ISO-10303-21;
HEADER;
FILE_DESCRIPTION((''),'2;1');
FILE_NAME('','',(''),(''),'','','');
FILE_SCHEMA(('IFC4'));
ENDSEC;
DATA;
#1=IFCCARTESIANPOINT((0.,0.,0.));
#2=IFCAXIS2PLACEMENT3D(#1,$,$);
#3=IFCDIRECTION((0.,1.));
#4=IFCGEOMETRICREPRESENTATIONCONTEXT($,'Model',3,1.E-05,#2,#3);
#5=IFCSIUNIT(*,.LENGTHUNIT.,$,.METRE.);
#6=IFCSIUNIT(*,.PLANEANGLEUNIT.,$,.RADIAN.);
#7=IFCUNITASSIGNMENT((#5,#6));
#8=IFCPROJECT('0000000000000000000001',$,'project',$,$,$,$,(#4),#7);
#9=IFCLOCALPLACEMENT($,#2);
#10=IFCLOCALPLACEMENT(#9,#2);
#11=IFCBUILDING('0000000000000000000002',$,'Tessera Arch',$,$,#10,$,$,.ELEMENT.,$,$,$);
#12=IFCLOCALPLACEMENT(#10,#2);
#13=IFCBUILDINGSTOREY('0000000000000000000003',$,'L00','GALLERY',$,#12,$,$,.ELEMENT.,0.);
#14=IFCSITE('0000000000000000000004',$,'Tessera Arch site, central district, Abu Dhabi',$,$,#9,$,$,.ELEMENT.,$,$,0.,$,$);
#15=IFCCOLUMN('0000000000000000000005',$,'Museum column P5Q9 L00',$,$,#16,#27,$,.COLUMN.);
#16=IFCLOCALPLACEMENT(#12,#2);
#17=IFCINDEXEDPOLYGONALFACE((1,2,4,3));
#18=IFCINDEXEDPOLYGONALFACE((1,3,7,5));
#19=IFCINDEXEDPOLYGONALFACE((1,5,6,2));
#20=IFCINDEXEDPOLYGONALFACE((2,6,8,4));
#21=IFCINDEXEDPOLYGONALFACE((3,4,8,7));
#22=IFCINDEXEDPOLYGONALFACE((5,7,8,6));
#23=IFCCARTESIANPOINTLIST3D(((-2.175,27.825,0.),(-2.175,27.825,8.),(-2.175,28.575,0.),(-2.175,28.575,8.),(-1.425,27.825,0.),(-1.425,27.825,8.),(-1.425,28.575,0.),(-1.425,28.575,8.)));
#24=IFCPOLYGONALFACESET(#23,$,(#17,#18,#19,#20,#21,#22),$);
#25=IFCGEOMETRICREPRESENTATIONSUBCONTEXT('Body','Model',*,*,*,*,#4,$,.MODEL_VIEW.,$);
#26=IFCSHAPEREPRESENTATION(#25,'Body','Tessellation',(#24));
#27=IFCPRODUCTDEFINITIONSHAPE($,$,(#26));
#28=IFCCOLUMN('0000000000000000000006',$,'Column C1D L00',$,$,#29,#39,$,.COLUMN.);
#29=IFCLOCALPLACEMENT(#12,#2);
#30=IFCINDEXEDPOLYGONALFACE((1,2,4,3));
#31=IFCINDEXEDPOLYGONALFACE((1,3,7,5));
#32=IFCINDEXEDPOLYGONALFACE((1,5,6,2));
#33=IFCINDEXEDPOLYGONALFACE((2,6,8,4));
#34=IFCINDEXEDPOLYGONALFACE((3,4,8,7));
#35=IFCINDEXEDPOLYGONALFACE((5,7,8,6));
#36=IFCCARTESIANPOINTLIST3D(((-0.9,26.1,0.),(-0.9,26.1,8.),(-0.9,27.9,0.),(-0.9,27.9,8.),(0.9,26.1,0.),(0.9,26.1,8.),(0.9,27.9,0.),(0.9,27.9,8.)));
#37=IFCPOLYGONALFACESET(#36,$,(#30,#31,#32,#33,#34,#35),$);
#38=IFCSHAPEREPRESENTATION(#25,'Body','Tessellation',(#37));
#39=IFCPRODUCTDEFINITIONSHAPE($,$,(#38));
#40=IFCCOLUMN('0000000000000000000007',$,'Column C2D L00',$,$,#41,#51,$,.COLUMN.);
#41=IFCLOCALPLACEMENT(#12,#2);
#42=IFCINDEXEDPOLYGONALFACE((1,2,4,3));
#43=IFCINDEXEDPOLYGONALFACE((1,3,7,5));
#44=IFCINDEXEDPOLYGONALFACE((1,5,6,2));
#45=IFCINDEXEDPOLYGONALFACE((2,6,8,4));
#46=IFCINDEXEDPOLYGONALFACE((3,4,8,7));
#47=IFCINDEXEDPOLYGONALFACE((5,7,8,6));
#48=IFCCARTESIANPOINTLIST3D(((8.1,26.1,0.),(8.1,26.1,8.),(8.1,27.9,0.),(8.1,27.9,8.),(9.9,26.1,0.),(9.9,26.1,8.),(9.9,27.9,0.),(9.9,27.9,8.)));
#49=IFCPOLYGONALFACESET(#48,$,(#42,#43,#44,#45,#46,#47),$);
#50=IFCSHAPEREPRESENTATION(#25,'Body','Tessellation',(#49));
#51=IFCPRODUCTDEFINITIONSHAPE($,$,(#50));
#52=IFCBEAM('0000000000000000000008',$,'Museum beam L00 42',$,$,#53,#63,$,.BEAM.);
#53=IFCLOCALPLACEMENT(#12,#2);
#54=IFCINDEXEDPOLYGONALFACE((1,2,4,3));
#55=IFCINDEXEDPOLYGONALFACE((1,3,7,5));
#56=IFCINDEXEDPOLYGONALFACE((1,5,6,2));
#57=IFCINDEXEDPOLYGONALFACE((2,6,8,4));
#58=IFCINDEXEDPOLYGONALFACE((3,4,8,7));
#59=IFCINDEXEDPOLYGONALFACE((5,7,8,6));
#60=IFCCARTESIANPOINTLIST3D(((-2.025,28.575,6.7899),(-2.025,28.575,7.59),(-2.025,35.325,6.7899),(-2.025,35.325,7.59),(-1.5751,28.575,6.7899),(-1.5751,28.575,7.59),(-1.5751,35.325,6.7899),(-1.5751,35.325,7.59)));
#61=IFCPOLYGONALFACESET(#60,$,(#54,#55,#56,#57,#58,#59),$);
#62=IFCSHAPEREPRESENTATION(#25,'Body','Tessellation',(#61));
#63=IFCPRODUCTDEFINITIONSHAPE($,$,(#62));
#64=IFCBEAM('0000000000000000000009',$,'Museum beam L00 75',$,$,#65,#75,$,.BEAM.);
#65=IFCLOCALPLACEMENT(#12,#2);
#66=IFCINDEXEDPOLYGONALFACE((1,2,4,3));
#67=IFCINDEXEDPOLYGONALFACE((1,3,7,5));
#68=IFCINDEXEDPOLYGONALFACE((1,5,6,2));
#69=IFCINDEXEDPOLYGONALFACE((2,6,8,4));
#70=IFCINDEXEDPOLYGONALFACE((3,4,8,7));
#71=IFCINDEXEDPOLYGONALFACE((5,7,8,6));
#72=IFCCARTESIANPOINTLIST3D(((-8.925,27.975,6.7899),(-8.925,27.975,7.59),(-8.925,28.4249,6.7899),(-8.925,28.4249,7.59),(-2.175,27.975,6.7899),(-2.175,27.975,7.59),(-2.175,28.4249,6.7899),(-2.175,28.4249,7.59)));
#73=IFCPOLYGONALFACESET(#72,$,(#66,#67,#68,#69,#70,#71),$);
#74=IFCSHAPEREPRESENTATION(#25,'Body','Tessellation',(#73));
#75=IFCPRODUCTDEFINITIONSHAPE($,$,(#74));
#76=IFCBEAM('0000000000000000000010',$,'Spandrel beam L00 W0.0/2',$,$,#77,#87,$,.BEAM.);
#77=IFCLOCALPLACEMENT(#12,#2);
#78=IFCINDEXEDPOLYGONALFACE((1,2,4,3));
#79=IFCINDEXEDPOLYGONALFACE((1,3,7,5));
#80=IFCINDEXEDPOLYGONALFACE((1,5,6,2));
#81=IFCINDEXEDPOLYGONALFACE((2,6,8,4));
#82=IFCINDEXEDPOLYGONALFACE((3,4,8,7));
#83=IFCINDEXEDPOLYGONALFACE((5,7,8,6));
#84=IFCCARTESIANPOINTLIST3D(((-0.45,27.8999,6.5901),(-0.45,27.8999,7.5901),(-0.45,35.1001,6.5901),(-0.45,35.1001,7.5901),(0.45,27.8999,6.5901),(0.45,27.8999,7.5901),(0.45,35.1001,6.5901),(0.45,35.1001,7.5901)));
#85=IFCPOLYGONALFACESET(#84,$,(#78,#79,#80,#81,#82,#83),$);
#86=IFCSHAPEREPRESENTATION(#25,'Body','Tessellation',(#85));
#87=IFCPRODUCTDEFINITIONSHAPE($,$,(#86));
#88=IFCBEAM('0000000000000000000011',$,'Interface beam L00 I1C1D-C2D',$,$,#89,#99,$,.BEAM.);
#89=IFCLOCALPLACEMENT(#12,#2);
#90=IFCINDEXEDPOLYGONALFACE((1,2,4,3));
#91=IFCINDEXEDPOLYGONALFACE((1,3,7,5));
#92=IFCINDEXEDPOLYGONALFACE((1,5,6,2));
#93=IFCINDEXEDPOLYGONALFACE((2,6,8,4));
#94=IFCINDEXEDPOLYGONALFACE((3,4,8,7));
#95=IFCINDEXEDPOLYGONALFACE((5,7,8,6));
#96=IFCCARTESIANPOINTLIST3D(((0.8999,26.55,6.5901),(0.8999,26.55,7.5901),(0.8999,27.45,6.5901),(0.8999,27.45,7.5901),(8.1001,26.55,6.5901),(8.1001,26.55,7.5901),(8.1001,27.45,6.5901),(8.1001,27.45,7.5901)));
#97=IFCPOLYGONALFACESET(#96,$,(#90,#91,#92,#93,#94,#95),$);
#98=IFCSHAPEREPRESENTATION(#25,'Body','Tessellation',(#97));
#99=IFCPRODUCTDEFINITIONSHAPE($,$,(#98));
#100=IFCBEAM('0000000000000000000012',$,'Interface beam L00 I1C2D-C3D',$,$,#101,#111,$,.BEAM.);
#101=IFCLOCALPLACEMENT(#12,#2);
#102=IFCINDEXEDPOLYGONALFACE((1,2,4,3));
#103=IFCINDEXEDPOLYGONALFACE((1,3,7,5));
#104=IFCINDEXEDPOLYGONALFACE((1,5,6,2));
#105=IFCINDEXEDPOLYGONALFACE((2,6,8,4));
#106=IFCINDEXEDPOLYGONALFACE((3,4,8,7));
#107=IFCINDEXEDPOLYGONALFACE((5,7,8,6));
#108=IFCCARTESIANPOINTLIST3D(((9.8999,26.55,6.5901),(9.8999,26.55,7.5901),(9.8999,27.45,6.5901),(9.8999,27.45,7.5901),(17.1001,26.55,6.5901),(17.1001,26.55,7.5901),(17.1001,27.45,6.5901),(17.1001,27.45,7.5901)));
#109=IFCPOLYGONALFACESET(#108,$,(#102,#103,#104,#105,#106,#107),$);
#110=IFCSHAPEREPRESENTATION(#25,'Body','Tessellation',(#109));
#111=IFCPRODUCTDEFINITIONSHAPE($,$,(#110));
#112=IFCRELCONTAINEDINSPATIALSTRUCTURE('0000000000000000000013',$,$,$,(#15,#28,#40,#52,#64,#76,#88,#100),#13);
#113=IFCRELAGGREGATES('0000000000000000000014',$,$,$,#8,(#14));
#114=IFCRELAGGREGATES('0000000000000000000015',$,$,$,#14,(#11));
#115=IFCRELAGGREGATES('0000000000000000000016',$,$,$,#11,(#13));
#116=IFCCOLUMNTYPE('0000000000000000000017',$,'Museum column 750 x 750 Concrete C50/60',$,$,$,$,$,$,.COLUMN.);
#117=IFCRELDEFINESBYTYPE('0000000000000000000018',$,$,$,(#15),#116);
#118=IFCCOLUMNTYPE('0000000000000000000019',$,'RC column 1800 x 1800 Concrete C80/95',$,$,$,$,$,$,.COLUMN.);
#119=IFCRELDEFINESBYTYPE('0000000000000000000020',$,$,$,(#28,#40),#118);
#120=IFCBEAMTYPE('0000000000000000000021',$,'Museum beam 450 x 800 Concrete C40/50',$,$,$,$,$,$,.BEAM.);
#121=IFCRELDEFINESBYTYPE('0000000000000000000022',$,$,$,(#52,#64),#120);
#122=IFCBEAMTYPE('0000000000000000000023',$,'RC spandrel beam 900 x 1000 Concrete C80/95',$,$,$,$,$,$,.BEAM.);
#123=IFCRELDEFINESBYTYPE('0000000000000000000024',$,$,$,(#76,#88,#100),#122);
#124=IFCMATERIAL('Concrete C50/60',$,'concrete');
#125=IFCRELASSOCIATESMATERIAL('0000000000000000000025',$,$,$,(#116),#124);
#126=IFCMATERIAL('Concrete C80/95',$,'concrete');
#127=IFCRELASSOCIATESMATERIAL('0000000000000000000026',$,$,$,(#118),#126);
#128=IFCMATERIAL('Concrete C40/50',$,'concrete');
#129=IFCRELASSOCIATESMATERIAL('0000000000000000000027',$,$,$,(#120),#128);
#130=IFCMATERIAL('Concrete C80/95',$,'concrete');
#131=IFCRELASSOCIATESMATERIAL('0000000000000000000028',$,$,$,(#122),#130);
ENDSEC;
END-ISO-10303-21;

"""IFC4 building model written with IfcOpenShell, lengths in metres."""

from ifc_helpers import new_model, si_unit, direction, frame, origin, origin_2d, place, context, subcontext, project, spatial, rectangle, extrude, material, material_profile, profile_set, type_object, element, save


model = new_model("IFC4")

# Units and contexts
model_context = context("Model", 3, precision=1e-05, world=origin(), true_north=direction((0.0, 1.0)))
body_context = subcontext(model_context, "Body", "Model", "MODEL_VIEW")
ifc_project = project(units=[si_unit("LENGTHUNIT", "METRE"), si_unit("PLANEANGLEUNIT", "RADIAN")], contexts=[model_context])

# Site, building, storey
site_placement = place(None, origin())
site = spatial("IfcSite", under=ifc_project, at=site_placement, Name="Tessera Arch site, central district, Abu Dhabi", CompositionType="ELEMENT", RefElevation=0.0)
building_placement = place(site_placement, origin())
building = spatial("IfcBuilding", under=site, at=building_placement, Name="Tessera Arch", CompositionType="ELEMENT")
storey_placement = place(building_placement, origin())
storey = spatial("IfcBuildingStorey", under=building, at=storey_placement, Name="L00", Description="GALLERY", CompositionType="ELEMENT", Elevation=0.0)

# Columns
ifc_material_1 = material(Name="Concrete C50/60", Category="concrete")
ifc_material_profile_1 = material_profile(ifc_material_1, rectangle(XDim=0.75, YDim=0.75, at=origin_2d()), Name="Museum column 750 x 750 Concrete C50/60")
ifc_profile_set_1 = profile_set([ifc_material_profile_1], Name="Concrete C50/60")
column_type_1 = type_object("IfcColumnType", Name="Museum column 750 x 750 Concrete C50/60", PredefinedType="COLUMN", material=ifc_profile_set_1)
column_placement = place(storey_placement, frame((-1.8, 28.2, 0.0), z_axis=(0.0, 0.0, 1.0), x_axis=(1.0, 0.0, 0.0)))
element("IfcColumn", 1, at=column_placement, inside=storey, type_object=column_type_1, Name="Museum column P5Q9 L00", PredefinedType="COLUMN", context=body_context, shape_type="SweptSolid", body=[
    extrude(rectangle(XDim=0.75, YDim=0.75, at=origin_2d()), origin(), (0.0, 0.0, 1.0), 8.0),
])
ifc_material_2 = material(Name="Concrete C80/95", Category="concrete")
ifc_material_profile_2 = material_profile(ifc_material_2, rectangle(XDim=1.8, YDim=1.8, at=origin_2d()), Name="RC column 1800 x 1800 Concrete C80/95")
ifc_profile_set_2 = profile_set([ifc_material_profile_2], Name="Concrete C80/95")
column_type_2 = type_object("IfcColumnType", Name="RC column 1800 x 1800 Concrete C80/95", PredefinedType="COLUMN", material=ifc_profile_set_2)
for number, where, z_axis, x_axis, name in (
    (2, (0.0, 27.0, 0.0), (0.0, 0.0, 1.0), (1.0, 0.0, 0.0), "Column C1D L00"),
    (3, (9.0, 27.0, 0.0), (0.0, 0.0, 1.0), (1.0, 0.0, 0.0), "Column C2D L00"),
):
    element("IfcColumn", number, at=place(storey_placement, frame(where, z_axis=z_axis, x_axis=x_axis)), inside=storey, type_object=column_type_2, Name=name, PredefinedType="COLUMN", context=body_context, shape_type="SweptSolid", body=[
        extrude(rectangle(XDim=1.8, YDim=1.8, at=origin_2d()), origin(), (0.0, 0.0, 1.0), 8.0),
    ])

# Beams
ifc_material_3 = material(Name="Concrete C40/50", Category="concrete")
ifc_material_profile_3 = material_profile(ifc_material_3, rectangle(XDim=0.45, YDim=0.8, at=origin_2d()), Name="Museum beam 450 x 800 Concrete C40/50")
ifc_profile_set_3 = profile_set([ifc_material_profile_3], Name="Concrete C40/50")
beam_type_1 = type_object("IfcBeamType", Name="Museum beam 450 x 800 Concrete C40/50", PredefinedType="BEAM", material=ifc_profile_set_3)
for number, where, z_axis, x_axis, name in (
    (4, (-1.8, 28.575, 7.1899), (0.0, 1.0, 0.0), (-1.0, 0.0, 0.0), "Museum beam L00 42"),
    (5, (-8.925, 28.2, 7.1899), (1.0, 0.0, 0.0), (0.0, 1.0, 0.0), "Museum beam L00 75"),
):
    element("IfcBeam", number, at=place(storey_placement, frame(where, z_axis=z_axis, x_axis=x_axis)), inside=storey, type_object=beam_type_1, Name=name, PredefinedType="BEAM", context=body_context, shape_type="SweptSolid", body=[
        extrude(rectangle(XDim=0.45, YDim=0.8, at=origin_2d()), origin(), (0.0, 0.0, 1.0), 6.75),
    ])
ifc_material_4 = material(Name="Concrete C80/95", Category="concrete")
ifc_material_profile_4 = material_profile(ifc_material_4, rectangle(XDim=0.8999, YDim=1.0, at=origin_2d()), Name="RC spandrel beam 900 x 1000 Concrete C80/95")
ifc_profile_set_4 = profile_set([ifc_material_profile_4], Name="Concrete C80/95")
beam_type_2 = type_object("IfcBeamType", Name="RC spandrel beam 900 x 1000 Concrete C80/95", PredefinedType="BEAM", material=ifc_profile_set_4)
for number, where, z_axis, x_axis, name in (
    (6, (0.0, 35.1001, 7.0901), (0.0, -1.0, 0.0), (1.0, 0.0, 0.0), "Spandrel beam L00 W0.0/2"),
    (7, (0.8999, 27.0, 7.0901), (1.0, 0.0, 0.0), (0.0, 1.0, 0.0), "Interface beam L00 I1C1D-C2D"),
    (8, (9.8999, 27.0, 7.0901), (1.0, 0.0, 0.0), (0.0, 1.0, 0.0), "Interface beam L00 I1C2D-C3D"),
):
    element("IfcBeam", number, at=place(storey_placement, frame(where, z_axis=z_axis, x_axis=x_axis)), inside=storey, type_object=beam_type_2, Name=name, PredefinedType="BEAM", context=body_context, shape_type="SweptSolid", body=[
        extrude(rectangle(XDim=0.8999, YDim=1.0, at=origin_2d()), origin(), (0.0, 0.0, 1.0), 7.2002),
    ])

save(model, "model.ifc")
